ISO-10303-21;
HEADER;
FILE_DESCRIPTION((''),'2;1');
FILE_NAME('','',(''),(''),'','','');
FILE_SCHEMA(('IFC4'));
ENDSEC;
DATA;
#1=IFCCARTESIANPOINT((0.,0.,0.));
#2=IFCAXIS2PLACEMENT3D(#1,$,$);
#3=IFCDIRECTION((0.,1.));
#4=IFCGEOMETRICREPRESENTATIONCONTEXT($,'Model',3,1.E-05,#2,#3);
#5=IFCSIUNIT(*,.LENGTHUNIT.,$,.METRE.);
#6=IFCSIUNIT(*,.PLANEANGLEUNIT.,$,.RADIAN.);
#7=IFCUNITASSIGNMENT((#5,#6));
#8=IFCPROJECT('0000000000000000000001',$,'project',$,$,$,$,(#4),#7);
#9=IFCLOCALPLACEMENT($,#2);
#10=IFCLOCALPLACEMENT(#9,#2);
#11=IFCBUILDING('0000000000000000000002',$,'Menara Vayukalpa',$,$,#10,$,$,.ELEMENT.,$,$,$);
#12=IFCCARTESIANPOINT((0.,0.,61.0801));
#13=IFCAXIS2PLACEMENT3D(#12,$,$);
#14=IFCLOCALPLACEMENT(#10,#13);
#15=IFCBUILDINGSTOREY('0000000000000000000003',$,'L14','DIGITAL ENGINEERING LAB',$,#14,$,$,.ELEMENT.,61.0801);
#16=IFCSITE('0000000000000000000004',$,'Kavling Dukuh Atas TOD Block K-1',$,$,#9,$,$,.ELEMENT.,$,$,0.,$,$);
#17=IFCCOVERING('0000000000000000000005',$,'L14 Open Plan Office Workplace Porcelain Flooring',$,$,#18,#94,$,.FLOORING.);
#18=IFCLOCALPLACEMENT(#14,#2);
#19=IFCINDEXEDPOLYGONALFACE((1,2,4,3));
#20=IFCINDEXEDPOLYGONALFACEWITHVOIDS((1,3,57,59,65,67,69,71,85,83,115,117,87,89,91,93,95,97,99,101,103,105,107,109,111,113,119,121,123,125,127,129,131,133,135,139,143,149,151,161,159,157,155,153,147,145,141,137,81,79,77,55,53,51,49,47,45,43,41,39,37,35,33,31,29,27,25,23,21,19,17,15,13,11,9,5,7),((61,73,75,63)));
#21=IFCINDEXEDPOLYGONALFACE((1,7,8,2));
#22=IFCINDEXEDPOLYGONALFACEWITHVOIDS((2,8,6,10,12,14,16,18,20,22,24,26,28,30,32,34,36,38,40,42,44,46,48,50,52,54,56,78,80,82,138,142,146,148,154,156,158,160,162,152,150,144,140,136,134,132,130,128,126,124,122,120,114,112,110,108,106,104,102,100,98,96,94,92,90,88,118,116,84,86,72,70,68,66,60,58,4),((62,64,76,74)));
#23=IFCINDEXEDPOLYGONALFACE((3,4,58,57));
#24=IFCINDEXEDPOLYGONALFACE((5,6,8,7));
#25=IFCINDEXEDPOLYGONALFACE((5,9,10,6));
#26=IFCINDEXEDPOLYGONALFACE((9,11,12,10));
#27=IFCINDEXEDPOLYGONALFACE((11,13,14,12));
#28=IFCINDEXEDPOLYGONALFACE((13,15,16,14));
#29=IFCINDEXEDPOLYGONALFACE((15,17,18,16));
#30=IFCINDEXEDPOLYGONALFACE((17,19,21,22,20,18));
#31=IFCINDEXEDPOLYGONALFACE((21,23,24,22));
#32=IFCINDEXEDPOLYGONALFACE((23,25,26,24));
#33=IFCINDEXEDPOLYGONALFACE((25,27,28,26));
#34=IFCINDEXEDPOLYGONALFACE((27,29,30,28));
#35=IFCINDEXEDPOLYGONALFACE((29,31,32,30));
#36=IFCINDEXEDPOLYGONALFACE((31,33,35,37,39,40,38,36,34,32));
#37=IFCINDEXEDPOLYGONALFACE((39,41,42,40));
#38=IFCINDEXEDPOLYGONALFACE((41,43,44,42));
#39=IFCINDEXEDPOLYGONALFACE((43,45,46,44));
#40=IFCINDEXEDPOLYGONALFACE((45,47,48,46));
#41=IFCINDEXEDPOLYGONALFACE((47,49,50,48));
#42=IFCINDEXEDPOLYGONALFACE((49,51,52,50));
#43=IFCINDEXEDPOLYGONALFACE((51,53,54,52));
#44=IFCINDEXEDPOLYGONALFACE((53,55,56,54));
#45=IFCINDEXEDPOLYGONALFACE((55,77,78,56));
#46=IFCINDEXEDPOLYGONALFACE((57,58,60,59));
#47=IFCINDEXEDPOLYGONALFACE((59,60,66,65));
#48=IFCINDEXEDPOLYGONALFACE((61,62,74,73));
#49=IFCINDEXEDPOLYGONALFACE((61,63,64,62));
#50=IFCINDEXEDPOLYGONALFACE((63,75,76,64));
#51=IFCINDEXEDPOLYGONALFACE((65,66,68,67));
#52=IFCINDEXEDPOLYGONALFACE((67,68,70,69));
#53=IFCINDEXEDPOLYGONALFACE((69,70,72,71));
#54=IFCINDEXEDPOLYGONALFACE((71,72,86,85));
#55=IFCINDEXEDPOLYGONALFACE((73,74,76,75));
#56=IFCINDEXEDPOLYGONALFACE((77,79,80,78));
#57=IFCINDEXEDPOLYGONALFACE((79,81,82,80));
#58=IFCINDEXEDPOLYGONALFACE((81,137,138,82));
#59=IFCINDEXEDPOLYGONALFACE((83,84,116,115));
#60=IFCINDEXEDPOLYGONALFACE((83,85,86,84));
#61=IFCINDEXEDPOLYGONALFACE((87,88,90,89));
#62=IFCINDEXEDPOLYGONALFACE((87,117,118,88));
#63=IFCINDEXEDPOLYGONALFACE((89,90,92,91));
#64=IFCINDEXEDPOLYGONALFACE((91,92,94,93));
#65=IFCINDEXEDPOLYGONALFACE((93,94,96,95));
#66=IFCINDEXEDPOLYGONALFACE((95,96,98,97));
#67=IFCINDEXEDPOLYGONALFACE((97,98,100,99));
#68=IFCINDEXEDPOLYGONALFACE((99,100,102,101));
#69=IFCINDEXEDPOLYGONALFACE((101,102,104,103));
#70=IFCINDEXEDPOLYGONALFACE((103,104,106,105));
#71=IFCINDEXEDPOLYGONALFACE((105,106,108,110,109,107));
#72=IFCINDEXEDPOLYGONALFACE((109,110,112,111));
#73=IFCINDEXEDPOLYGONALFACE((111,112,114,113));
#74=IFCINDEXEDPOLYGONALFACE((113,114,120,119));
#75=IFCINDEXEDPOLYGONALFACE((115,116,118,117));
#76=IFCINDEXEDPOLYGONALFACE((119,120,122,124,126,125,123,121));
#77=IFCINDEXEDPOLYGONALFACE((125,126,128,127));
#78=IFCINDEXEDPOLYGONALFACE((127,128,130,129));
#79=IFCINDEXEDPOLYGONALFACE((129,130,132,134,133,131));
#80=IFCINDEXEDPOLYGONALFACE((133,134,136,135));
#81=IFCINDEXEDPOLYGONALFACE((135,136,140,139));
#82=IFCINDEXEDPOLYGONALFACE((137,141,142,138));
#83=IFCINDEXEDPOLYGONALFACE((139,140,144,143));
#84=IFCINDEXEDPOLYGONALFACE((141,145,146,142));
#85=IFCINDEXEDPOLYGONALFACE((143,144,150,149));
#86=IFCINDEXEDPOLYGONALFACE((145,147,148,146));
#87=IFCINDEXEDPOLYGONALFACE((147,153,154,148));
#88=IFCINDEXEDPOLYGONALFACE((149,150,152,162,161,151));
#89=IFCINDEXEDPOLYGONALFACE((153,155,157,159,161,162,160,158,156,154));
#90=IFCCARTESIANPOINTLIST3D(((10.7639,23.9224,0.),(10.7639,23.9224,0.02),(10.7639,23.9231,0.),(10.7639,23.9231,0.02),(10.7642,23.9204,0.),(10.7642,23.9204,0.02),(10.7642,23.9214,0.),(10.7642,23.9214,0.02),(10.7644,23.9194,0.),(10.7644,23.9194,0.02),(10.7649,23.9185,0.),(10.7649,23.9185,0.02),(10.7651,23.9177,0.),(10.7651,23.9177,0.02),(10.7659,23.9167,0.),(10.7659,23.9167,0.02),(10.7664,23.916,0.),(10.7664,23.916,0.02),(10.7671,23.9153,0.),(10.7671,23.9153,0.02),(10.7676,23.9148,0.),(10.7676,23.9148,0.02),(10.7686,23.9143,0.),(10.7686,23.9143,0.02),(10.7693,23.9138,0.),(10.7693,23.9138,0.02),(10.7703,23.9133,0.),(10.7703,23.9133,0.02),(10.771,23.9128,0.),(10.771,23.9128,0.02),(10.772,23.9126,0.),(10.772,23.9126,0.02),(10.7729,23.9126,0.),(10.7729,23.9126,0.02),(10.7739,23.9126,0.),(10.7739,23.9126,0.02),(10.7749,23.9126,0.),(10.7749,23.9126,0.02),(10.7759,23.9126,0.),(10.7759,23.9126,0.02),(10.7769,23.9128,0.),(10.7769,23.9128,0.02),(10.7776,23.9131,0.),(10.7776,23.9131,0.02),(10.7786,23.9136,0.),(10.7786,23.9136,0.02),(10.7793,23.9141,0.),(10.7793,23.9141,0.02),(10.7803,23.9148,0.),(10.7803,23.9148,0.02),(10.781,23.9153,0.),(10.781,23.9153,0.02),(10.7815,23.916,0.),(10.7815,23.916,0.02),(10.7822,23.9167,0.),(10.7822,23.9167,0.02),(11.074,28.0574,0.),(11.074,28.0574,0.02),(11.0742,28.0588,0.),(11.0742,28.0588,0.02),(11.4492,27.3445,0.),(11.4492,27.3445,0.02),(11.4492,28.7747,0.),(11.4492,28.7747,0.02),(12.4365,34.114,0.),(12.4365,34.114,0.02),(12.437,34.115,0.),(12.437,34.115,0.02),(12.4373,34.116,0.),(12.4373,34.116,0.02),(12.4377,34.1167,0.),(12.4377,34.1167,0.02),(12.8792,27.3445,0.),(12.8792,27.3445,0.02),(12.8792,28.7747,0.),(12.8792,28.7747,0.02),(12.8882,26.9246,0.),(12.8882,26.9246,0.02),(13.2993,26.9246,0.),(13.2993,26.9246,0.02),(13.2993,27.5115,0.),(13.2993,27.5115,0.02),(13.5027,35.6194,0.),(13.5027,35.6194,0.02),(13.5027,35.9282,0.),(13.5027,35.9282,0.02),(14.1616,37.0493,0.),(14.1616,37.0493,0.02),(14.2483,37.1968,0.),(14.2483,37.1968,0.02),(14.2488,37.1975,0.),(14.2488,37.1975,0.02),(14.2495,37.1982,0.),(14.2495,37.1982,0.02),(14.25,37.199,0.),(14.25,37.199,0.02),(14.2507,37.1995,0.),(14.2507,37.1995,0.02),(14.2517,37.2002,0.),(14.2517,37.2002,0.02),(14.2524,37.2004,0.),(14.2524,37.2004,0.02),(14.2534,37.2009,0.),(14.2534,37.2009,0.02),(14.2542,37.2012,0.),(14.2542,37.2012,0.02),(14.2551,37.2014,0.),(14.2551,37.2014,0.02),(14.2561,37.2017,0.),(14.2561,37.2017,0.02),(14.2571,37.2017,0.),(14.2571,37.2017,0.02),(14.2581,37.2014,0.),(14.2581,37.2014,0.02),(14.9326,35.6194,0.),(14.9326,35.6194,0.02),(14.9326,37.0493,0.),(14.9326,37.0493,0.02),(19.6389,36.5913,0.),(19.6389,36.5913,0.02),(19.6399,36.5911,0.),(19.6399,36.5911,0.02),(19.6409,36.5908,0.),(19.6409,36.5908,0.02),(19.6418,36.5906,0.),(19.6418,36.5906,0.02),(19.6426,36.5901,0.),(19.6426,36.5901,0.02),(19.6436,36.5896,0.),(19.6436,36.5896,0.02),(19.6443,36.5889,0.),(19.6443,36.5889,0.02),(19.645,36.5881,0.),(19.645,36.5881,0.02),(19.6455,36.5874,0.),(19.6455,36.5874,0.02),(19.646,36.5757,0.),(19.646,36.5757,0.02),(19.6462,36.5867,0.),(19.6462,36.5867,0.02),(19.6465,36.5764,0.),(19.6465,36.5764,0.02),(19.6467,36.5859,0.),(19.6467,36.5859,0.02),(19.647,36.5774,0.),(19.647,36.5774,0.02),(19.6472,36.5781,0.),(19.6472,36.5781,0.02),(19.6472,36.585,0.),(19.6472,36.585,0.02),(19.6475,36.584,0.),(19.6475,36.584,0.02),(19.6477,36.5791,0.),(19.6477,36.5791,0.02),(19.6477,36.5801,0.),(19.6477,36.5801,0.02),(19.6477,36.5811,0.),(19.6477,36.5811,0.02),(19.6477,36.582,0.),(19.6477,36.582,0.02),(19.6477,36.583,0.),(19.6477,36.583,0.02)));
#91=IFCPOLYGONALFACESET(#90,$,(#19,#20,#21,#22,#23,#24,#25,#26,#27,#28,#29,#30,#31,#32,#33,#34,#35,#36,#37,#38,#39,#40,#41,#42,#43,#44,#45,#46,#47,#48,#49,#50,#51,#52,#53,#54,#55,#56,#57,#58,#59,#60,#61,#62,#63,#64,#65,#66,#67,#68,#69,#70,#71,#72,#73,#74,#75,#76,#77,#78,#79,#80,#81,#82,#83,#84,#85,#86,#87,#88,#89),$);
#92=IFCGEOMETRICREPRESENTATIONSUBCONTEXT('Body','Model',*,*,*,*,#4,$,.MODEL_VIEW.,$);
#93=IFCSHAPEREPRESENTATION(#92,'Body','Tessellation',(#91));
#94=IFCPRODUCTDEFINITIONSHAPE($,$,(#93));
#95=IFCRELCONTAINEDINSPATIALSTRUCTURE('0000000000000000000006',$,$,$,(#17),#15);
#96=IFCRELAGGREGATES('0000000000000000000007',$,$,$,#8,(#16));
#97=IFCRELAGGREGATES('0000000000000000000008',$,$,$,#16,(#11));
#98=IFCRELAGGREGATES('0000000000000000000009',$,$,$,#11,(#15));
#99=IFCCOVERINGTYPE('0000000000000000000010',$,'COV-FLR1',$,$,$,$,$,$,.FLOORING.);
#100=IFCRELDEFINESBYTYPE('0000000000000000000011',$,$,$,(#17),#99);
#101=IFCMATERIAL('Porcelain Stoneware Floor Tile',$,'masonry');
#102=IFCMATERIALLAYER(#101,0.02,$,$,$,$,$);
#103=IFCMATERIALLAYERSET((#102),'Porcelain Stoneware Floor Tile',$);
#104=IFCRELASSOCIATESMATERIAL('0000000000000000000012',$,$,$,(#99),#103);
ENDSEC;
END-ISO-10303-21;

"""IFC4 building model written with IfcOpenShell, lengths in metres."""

from ifc_helpers import new_model, si_unit, direction, frame, origin, place, context, subcontext, project, spatial, polyline, outline, extrude, material, layer, layer_set, type_object, element, save


model = new_model("IFC4")

# Units and contexts
model_context = context("Model", 3, precision=1e-05, world=origin(), true_north=direction((0.0, 1.0)))
body_context = subcontext(model_context, "Body", "Model", "MODEL_VIEW")
ifc_project = project(units=[si_unit("LENGTHUNIT", "METRE"), si_unit("PLANEANGLEUNIT", "RADIAN")], contexts=[model_context])

# Site, building, storey
site_placement = place(None, origin())
site = spatial("IfcSite", under=ifc_project, at=site_placement, Name="Kavling Dukuh Atas TOD Block K-1", CompositionType="ELEMENT", RefElevation=0.0)
building_placement = place(site_placement, origin())
building = spatial("IfcBuilding", under=site, at=building_placement, Name="Menara Vayukalpa", CompositionType="ELEMENT")
storey_placement = place(building_placement, frame((0.0, 0.0, 61.0801)))
storey = spatial("IfcBuildingStorey", under=building, at=storey_placement, Name="L14", Description="DIGITAL ENGINEERING LAB", CompositionType="ELEMENT", Elevation=61.0801)

# Covering
ifc_material_1 = material(Name="Porcelain Stoneware Floor Tile", Category="masonry")
ifc_layer_1 = layer(ifc_material_1, 0.02)
ifc_layer_set_1 = layer_set([ifc_layer_1], Name="Porcelain Stoneware Floor Tile")
covering_type_1 = type_object("IfcCoveringType", Name="COV-FLR1", PredefinedType="FLOORING", material=ifc_layer_set_1)
covering_1_placement = place(storey_placement, origin())
element("IfcCovering", 1, at=covering_1_placement, inside=storey, type_object=covering_type_1, Name="L14 Open Plan Office Workplace Porcelain Flooring", PredefinedType="FLOORING", context=body_context, shape_type="SweptSolid", body=[
    extrude(outline(polyline([(12.8882, 26.9246), (10.7822, 23.9167), (10.7815, 23.916), (10.781, 23.9153), (10.7803, 23.9148), (10.7793, 23.9141), (10.7786, 23.9136), (10.7776, 23.9131), (10.7769, 23.9128), (10.7759, 23.9126), (10.7749, 23.9126), (10.7739, 23.9126), (10.7729, 23.9126), (10.772, 23.9126), (10.771, 23.9128), (10.7703, 23.9133), (10.7693, 23.9138), (10.7686, 23.9143), (10.7676, 23.9148), (10.7671, 23.9153), (10.7664, 23.916), (10.7659, 23.9167), (10.7651, 23.9177), (10.7649, 23.9185), (10.7644, 23.9194), (10.7642, 23.9204), (10.7642, 23.9214), (10.7639, 23.9224), (10.7639, 23.9231), (11.074, 28.0574), (11.0742, 28.0588), (12.4365, 34.114), (12.437, 34.115), (12.4373, 34.116), (12.4377, 34.1167), (13.5027, 35.9282), (13.5027, 35.6194), (14.9326, 35.6194), (14.9326, 37.0493), (14.1616, 37.0493), (14.2483, 37.1968), (14.2488, 37.1975), (14.2495, 37.1982), (14.25, 37.199), (14.2507, 37.1995), (14.2517, 37.2002), (14.2524, 37.2004), (14.2534, 37.2009), (14.2542, 37.2012), (14.2551, 37.2014), (14.2561, 37.2017), (14.2571, 37.2017), (14.2581, 37.2014), (19.6389, 36.5913), (19.6399, 36.5911), (19.6409, 36.5908), (19.6418, 36.5906), (19.6426, 36.5901), (19.6436, 36.5896), (19.6443, 36.5889), (19.645, 36.5881), (19.6455, 36.5874), (19.6462, 36.5867), (19.6467, 36.5859), (19.6472, 36.585), (19.6475, 36.584), (19.6477, 36.583), (19.6477, 36.582), (19.6477, 36.5811), (19.6477, 36.5801), (19.6477, 36.5791), (19.6472, 36.5781), (19.647, 36.5774), (19.6465, 36.5764), (19.646, 36.5757), (13.2993, 27.5115), (13.2993, 26.9246), (12.8882, 26.9246)]), holes=[polyline([(12.8792, 28.7747), (11.4492, 28.7747), (11.4492, 27.3445), (12.8792, 27.3445), (12.8792, 28.7747)])]), origin(), (0.0, 0.0, 1.0), 0.02),
])

save(model, "model.ifc")
